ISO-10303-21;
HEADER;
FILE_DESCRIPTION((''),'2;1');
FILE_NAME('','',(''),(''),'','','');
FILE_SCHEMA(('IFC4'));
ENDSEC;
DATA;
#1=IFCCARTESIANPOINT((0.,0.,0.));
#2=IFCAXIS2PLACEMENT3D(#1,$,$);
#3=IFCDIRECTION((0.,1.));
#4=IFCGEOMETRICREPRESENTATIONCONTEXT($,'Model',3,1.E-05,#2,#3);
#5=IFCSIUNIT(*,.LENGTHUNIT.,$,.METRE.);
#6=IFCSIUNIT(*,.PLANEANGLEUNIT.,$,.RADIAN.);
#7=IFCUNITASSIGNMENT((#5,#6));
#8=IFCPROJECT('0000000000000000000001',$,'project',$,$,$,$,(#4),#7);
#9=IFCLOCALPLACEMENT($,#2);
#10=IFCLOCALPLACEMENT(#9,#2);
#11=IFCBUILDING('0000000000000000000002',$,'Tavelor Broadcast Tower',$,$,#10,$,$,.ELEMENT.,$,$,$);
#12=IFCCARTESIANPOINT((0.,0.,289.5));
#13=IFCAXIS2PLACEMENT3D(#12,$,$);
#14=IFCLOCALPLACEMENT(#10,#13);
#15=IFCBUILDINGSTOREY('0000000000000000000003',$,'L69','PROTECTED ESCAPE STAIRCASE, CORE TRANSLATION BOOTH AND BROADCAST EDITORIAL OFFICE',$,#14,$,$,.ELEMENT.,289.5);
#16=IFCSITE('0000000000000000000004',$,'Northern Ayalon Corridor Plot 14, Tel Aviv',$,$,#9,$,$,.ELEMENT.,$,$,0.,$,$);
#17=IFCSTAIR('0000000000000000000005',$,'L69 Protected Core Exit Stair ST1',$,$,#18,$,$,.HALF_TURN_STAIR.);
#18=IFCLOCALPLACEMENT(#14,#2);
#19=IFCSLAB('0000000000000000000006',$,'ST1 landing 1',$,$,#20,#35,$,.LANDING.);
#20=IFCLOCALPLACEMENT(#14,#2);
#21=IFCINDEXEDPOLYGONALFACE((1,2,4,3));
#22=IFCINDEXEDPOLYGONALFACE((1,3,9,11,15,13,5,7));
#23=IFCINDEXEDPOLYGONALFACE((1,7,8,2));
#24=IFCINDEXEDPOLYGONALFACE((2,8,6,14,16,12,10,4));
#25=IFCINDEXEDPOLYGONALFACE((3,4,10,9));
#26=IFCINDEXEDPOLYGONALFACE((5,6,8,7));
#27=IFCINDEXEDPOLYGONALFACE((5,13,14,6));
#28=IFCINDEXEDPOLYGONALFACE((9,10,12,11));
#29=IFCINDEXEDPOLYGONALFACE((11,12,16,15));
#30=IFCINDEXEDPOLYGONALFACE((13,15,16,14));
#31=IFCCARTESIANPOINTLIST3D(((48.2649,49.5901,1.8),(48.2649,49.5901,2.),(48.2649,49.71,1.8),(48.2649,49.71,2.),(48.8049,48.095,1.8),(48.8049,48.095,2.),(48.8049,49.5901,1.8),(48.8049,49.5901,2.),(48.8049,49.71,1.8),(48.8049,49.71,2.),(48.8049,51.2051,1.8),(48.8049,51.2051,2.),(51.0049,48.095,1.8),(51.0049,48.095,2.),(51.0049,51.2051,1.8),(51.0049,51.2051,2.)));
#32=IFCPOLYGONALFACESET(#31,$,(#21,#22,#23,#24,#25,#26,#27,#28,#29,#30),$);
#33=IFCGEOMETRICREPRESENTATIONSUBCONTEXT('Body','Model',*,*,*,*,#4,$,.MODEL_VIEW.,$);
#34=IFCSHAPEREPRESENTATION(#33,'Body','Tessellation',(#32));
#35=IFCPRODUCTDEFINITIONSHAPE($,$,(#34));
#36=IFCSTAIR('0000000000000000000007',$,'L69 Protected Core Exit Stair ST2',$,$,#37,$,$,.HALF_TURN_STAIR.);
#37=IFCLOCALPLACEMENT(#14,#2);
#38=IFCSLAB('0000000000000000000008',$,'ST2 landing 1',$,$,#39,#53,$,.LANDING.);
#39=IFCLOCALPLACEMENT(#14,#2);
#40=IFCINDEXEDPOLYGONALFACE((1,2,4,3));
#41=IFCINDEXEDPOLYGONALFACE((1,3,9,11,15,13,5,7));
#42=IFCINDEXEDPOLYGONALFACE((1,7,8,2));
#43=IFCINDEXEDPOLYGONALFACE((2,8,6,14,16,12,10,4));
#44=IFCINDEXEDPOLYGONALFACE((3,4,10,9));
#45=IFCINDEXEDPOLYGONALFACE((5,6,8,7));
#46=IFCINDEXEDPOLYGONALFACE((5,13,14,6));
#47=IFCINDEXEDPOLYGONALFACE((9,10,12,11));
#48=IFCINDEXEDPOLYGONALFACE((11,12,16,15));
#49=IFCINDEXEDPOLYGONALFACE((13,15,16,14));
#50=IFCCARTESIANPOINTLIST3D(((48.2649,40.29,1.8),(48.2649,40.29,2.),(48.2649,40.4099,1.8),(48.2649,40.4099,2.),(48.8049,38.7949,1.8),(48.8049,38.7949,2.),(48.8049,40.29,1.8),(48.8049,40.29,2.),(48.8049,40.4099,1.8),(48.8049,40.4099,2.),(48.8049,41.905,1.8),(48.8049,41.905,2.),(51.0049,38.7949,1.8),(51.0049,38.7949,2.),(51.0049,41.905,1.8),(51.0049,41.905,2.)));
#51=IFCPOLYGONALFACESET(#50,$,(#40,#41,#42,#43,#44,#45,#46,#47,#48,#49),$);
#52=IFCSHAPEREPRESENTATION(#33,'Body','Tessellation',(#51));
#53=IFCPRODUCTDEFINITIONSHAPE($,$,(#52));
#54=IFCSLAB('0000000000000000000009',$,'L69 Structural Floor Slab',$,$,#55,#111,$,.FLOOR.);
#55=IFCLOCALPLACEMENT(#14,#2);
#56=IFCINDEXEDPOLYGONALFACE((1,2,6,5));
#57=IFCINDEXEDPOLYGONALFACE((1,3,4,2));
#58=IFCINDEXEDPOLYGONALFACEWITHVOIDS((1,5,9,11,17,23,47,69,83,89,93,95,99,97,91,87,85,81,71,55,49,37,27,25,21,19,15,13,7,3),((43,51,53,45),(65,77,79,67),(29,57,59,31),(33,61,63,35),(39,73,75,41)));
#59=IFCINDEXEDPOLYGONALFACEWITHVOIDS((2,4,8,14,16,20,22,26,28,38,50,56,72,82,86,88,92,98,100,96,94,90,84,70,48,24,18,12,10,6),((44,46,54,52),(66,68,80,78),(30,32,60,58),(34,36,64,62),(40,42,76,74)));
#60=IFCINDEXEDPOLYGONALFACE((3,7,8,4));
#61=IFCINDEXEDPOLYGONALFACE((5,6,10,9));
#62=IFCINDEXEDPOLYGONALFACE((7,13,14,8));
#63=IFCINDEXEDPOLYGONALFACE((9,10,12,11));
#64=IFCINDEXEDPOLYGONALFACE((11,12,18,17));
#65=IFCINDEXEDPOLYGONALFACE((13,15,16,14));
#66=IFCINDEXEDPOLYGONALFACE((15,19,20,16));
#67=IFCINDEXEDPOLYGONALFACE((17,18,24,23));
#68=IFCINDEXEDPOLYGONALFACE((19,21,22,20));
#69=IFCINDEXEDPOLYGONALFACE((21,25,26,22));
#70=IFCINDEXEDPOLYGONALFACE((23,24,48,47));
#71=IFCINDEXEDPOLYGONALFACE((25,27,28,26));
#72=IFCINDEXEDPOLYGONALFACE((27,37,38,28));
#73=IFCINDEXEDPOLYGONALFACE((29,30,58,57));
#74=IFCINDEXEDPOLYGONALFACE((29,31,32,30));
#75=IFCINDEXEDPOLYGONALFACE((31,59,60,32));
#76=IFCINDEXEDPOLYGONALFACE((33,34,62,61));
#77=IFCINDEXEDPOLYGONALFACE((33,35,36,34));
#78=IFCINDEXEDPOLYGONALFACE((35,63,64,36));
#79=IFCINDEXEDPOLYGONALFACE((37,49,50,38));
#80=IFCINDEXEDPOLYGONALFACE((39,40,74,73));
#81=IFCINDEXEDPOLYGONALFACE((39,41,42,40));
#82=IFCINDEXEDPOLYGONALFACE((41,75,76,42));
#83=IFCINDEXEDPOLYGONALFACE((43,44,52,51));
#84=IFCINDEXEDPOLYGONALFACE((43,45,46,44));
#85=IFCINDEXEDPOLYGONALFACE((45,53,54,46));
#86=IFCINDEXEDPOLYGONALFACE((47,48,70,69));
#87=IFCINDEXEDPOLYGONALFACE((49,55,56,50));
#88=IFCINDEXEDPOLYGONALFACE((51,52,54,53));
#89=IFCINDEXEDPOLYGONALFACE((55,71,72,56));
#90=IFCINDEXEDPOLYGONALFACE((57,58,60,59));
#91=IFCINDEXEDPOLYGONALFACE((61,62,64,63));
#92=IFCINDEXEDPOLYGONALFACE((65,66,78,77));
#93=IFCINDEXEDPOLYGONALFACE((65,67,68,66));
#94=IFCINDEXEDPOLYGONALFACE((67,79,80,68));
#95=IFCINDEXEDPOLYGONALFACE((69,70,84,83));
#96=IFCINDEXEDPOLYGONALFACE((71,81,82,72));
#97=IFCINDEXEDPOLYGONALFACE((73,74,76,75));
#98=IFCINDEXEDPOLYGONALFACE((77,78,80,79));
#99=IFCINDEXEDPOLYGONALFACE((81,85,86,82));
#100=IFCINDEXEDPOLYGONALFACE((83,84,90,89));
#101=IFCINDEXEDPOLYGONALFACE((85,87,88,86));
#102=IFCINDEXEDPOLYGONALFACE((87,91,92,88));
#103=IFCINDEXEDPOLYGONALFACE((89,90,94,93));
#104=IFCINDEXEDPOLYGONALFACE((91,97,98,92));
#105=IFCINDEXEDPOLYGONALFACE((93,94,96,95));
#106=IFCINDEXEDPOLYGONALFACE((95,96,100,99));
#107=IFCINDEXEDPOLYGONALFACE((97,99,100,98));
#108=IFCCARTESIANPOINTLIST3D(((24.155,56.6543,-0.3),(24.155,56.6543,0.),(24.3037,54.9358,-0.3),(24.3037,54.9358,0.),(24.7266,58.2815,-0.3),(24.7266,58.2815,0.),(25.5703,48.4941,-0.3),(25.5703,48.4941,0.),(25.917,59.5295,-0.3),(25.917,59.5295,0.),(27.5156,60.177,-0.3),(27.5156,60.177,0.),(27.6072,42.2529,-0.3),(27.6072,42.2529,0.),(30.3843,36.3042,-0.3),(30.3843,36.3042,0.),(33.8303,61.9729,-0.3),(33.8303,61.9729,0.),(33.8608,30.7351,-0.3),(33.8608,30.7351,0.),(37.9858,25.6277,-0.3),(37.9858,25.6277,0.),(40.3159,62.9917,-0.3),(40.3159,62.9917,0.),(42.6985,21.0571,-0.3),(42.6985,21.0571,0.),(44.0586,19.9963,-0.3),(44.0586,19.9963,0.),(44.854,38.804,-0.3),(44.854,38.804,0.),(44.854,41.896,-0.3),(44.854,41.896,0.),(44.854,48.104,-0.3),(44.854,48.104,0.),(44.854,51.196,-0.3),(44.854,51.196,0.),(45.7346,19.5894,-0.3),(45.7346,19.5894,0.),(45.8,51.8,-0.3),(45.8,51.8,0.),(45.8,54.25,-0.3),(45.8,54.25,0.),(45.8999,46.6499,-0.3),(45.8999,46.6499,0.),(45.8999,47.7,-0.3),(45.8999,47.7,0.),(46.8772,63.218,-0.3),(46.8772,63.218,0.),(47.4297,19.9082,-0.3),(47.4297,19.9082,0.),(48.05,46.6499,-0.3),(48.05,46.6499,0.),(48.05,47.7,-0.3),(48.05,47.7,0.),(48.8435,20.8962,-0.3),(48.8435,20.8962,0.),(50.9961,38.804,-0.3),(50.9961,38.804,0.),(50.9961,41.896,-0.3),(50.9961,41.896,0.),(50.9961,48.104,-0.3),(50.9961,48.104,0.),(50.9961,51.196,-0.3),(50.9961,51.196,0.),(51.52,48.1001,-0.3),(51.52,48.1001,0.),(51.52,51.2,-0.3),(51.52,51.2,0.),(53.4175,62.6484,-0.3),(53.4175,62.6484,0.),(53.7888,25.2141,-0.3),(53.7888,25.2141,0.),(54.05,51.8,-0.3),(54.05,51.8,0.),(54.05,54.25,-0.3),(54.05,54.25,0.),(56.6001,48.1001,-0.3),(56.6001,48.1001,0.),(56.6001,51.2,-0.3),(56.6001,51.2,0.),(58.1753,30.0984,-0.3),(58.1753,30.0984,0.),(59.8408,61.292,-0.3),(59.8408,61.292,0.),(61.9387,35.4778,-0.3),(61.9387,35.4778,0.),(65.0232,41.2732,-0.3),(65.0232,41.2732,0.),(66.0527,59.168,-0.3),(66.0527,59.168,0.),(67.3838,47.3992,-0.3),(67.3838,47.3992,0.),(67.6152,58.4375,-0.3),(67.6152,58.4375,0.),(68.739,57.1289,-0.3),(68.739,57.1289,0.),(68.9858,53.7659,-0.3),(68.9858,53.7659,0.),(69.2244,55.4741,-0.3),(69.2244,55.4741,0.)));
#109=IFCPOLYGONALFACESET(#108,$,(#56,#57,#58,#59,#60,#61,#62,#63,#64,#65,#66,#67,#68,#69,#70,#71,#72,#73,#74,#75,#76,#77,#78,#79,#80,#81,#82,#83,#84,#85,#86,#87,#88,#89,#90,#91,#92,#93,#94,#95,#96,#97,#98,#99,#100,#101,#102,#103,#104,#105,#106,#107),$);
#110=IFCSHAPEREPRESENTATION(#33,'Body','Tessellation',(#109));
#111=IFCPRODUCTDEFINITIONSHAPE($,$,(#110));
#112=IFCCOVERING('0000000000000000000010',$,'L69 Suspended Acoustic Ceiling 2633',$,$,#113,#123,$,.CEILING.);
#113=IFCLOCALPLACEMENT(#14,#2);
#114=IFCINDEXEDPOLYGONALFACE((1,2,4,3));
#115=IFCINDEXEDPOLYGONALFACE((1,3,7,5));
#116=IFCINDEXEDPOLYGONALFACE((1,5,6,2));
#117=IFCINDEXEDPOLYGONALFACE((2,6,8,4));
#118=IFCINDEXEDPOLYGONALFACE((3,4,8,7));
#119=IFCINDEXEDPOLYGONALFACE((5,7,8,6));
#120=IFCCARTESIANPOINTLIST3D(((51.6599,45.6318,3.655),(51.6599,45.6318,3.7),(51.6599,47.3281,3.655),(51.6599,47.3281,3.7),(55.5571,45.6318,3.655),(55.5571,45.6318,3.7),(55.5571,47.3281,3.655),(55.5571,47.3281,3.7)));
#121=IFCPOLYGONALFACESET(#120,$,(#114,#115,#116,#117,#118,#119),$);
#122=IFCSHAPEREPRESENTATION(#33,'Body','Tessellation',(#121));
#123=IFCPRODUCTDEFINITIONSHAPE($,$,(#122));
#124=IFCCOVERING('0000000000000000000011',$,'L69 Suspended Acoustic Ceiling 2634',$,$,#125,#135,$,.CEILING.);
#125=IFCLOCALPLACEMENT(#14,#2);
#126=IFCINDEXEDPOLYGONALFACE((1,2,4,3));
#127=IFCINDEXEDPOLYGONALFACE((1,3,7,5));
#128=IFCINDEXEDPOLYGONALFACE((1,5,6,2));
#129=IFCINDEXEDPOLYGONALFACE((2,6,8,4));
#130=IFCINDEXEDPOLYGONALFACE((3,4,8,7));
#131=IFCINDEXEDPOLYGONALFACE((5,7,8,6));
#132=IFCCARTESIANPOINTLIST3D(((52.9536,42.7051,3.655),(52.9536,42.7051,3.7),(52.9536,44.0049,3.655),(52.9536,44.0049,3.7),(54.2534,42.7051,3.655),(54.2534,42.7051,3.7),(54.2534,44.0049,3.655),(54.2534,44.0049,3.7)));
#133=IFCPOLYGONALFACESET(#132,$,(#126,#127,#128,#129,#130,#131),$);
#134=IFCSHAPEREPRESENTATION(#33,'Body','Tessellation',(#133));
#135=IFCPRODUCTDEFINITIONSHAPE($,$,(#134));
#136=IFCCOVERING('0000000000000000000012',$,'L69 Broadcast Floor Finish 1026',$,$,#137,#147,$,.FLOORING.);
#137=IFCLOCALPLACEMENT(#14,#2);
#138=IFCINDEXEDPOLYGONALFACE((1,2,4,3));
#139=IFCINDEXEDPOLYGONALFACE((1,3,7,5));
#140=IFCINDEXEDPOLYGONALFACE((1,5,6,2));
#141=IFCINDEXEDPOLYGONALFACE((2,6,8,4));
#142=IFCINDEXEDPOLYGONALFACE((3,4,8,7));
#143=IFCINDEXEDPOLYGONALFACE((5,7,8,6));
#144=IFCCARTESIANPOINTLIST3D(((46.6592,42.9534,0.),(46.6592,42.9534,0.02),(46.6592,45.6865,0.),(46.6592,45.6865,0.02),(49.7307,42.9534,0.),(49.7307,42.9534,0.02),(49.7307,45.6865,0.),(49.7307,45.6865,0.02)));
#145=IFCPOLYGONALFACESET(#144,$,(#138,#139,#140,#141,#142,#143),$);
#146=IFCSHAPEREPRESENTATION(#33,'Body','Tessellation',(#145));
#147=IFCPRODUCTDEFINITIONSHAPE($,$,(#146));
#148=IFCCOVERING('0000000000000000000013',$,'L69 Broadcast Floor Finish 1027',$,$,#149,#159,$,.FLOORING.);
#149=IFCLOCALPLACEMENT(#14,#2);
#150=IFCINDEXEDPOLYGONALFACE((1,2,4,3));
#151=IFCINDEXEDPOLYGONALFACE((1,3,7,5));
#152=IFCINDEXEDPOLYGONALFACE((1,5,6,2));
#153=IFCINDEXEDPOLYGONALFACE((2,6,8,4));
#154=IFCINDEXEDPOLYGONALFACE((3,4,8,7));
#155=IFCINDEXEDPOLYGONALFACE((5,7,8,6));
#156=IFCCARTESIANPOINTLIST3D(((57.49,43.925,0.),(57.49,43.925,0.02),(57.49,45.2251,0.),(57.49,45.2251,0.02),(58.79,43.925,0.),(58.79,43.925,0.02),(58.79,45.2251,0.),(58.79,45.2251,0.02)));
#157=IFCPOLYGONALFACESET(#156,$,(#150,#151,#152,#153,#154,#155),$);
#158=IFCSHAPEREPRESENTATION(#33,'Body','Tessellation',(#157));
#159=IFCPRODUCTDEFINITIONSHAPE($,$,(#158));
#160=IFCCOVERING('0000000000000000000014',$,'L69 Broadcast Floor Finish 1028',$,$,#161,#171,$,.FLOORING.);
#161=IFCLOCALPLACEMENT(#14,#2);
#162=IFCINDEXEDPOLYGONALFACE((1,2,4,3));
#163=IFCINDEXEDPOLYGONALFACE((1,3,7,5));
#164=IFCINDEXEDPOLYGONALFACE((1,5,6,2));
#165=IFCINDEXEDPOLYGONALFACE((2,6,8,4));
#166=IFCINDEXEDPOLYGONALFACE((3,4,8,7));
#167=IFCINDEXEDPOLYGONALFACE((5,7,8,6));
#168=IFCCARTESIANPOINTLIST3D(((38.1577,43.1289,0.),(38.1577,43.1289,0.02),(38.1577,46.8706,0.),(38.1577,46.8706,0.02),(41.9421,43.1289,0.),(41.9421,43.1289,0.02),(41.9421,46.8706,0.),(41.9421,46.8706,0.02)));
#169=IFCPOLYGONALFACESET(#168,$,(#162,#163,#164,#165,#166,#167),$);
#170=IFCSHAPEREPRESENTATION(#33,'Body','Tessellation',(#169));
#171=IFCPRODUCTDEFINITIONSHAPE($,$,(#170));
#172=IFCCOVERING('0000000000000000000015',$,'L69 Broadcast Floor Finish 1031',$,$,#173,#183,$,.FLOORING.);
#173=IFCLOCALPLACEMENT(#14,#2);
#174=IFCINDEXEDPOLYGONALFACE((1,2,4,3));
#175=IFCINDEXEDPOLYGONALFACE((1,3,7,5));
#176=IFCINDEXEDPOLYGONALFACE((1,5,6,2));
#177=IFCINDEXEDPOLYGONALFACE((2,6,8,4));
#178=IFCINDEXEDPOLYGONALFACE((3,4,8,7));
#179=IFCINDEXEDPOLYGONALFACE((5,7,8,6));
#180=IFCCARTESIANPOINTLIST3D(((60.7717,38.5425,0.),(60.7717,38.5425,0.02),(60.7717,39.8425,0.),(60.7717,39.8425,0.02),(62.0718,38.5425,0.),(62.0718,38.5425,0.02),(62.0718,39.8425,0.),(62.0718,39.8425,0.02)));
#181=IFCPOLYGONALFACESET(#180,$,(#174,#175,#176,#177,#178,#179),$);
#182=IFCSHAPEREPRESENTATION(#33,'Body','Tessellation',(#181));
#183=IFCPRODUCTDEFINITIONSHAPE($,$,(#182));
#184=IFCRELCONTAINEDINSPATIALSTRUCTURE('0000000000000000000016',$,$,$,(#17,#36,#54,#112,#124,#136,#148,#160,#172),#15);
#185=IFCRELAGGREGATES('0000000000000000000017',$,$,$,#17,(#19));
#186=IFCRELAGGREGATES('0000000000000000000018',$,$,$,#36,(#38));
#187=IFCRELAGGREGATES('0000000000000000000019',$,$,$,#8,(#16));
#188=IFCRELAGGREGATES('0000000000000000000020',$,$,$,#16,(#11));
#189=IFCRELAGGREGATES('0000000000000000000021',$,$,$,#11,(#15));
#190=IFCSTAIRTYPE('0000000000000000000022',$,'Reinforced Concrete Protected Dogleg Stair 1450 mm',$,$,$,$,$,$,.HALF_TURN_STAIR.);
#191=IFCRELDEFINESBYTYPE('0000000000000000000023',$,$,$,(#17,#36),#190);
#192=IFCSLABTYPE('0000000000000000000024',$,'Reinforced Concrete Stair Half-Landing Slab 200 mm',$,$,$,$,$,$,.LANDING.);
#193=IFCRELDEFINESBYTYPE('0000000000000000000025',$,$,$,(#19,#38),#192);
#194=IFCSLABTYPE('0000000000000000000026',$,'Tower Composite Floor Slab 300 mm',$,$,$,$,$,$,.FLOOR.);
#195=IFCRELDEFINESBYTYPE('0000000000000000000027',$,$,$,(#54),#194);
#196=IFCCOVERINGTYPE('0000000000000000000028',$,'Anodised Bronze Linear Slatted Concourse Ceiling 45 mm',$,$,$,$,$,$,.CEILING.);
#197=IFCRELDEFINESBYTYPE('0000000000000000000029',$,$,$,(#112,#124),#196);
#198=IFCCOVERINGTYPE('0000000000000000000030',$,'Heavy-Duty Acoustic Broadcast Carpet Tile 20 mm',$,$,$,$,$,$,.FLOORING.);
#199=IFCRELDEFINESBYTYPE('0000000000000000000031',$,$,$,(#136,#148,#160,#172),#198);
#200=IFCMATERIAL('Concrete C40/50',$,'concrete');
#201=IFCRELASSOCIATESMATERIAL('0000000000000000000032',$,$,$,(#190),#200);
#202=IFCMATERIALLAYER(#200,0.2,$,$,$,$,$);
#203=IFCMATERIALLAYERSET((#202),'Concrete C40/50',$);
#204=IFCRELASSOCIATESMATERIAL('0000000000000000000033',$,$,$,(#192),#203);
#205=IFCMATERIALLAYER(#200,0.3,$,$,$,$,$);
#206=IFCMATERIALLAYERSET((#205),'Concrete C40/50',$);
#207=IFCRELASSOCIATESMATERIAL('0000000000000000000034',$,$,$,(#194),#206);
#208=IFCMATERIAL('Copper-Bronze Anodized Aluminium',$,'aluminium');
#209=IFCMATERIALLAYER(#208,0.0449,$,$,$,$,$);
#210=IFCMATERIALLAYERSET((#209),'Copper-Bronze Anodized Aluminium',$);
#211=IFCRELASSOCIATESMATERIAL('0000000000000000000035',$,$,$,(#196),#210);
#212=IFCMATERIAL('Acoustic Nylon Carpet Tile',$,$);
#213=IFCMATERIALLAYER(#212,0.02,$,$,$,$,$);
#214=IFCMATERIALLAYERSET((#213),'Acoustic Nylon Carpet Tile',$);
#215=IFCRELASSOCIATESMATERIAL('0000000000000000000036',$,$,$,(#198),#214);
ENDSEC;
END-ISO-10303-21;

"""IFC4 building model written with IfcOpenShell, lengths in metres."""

from ifc_helpers import new_model, si_unit, direction, frame, origin, place, context, subcontext, project, spatial, polyline, outline, extrude, material, layer, layer_set, type_object, element, aggregate, save


model = new_model("IFC4")

# Units and contexts
model_context = context("Model", 3, precision=1e-05, world=origin(), true_north=direction((0.0, 1.0)))
body_context = subcontext(model_context, "Body", "Model", "MODEL_VIEW")
ifc_project = project(units=[si_unit("LENGTHUNIT", "METRE"), si_unit("PLANEANGLEUNIT", "RADIAN")], contexts=[model_context])

# Site, building, storey
site_placement = place(None, origin())
site = spatial("IfcSite", under=ifc_project, at=site_placement, Name="Northern Ayalon Corridor Plot 14, Tel Aviv", CompositionType="ELEMENT", RefElevation=0.0)
building_placement = place(site_placement, origin())
building = spatial("IfcBuilding", under=site, at=building_placement, Name="Tavelor Broadcast Tower", CompositionType="ELEMENT")
storey_placement = place(building_placement, frame((0.0, 0.0, 289.5)))
storey = spatial("IfcBuildingStorey", under=building, at=storey_placement, Name="L69", Description="PROTECTED ESCAPE STAIRCASE, CORE TRANSLATION BOOTH AND BROADCAST EDITORIAL OFFICE", CompositionType="ELEMENT", Elevation=289.5)

# Stairs, slabs
ifc_material_1 = material(Name="Concrete C40/50", Category="concrete")
stair_type = type_object("IfcStairType", Name="Reinforced Concrete Protected Dogleg Stair 1450 mm", PredefinedType="HALF_TURN_STAIR", material=ifc_material_1)
stair_1_placement = place(storey_placement, origin())
stair_1 = element("IfcStair", 1, at=stair_1_placement, inside=storey, type_object=stair_type, Name="L69 Protected Core Exit Stair ST1", PredefinedType="HALF_TURN_STAIR")
ifc_layer_1 = layer(ifc_material_1, 0.2)
ifc_layer_set_1 = layer_set([ifc_layer_1], Name="Concrete C40/50")
slab_type_1 = type_object("IfcSlabType", Name="Reinforced Concrete Stair Half-Landing Slab 200 mm", PredefinedType="LANDING", material=ifc_layer_set_1)
slab_1_placement = place(storey_placement, frame((0.0, 0.0, 1.8)))
slab_1 = element("IfcSlab", 2, at=slab_1_placement, type_object=slab_type_1, Name="ST1 landing 1", PredefinedType="LANDING", context=body_context, shape_type="SweptSolid", body=[
    extrude(outline(polyline([(48.8049, 49.5901), (48.8049, 48.095), (51.0049, 48.095), (51.0049, 51.2051), (48.8049, 51.2051), (48.8049, 49.71), (48.2649, 49.71), (48.2649, 49.5901), (48.8049, 49.5901)])), origin(), (0.0, 0.0, 1.0), 0.2),
])
aggregate(stair_1, [slab_1])
stair_2_placement = place(storey_placement, origin())
stair_2 = element("IfcStair", 3, at=stair_2_placement, inside=storey, type_object=stair_type, Name="L69 Protected Core Exit Stair ST2", PredefinedType="HALF_TURN_STAIR")
slab_2_placement = place(storey_placement, frame((0.0, 0.0, 1.8)))
slab_2 = element("IfcSlab", 4, at=slab_2_placement, type_object=slab_type_1, Name="ST2 landing 1", PredefinedType="LANDING", context=body_context, shape_type="SweptSolid", body=[
    extrude(outline(polyline([(48.8049, 40.29), (48.8049, 38.7949), (51.0049, 38.7949), (51.0049, 41.905), (48.8049, 41.905), (48.8049, 40.4099), (48.2649, 40.4099), (48.2649, 40.29), (48.8049, 40.29)])), origin(), (0.0, 0.0, 1.0), 0.2),
])
aggregate(stair_2, [slab_2])

# Slab
ifc_layer_2 = layer(ifc_material_1, 0.3)
ifc_layer_set_2 = layer_set([ifc_layer_2], Name="Concrete C40/50")
slab_type_2 = type_object("IfcSlabType", Name="Tower Composite Floor Slab 300 mm", PredefinedType="FLOOR", material=ifc_layer_set_2)
slab_3_placement = place(storey_placement, frame((0.0, 0.0, -0.3)))
element("IfcSlab", 5, at=slab_3_placement, inside=storey, type_object=slab_type_2, Name="L69 Structural Floor Slab", PredefinedType="FLOOR", context=body_context, shape_type="SweptSolid", body=[
    extrude(outline(polyline([(27.5156, 60.177), (25.917, 59.5295), (24.7266, 58.2815), (24.155, 56.6543), (24.3037, 54.9358), (25.5703, 48.4941), (27.6072, 42.2529), (30.3843, 36.3042), (33.8608, 30.7351), (37.9858, 25.6277), (42.6985, 21.0571), (44.0586, 19.9963), (45.7346, 19.5894), (47.4297, 19.9082), (48.8435, 20.8962), (53.7888, 25.2141), (58.1753, 30.0984), (61.9387, 35.4778), (65.0232, 41.2732), (67.3838, 47.3992), (68.9858, 53.7659), (69.2244, 55.4741), (68.739, 57.1289), (67.6152, 58.4375), (66.0527, 59.168), (59.8408, 61.292), (53.4175, 62.6484), (46.8772, 63.218), (40.3159, 62.9917), (33.8303, 61.9729), (27.5156, 60.177)]), holes=[polyline([(50.9961, 41.896), (50.9961, 38.804), (44.854, 38.804), (44.854, 41.896), (50.9961, 41.896)]), polyline([(48.05, 47.7), (48.05, 46.6499), (45.8999, 46.6499), (45.8999, 47.7), (48.05, 47.7)]), polyline([(50.9961, 51.196), (50.9961, 48.104), (44.854, 48.104), (44.854, 51.196), (50.9961, 51.196)]), polyline([(56.6001, 48.1001), (51.52, 48.1001), (51.52, 51.2), (56.6001, 51.2), (56.6001, 48.1001)]), polyline([(54.05, 51.8), (45.8, 51.8), (45.8, 54.25), (54.05, 54.25), (54.05, 51.8)])]), origin(), (0.0, 0.0, 1.0), 0.3),
])

# Coverings
ifc_material_2 = material(Name="Copper-Bronze Anodized Aluminium", Category="aluminium")
ifc_layer_3 = layer(ifc_material_2, 0.0449)
ifc_layer_set_3 = layer_set([ifc_layer_3], Name="Copper-Bronze Anodized Aluminium")
covering_type_1 = type_object("IfcCoveringType", Name="Anodised Bronze Linear Slatted Concourse Ceiling 45 mm", PredefinedType="CEILING", material=ifc_layer_set_3)
covering_1_placement = place(storey_placement, frame((0.0, 0.0, 3.655)))
element("IfcCovering", 6, at=covering_1_placement, inside=storey, type_object=covering_type_1, Name="L69 Suspended Acoustic Ceiling 2633", PredefinedType="CEILING", context=body_context, shape_type="SweptSolid", body=[
    extrude(outline(polyline([(51.6599, 45.6318), (55.5571, 45.6318), (55.5571, 47.3281), (51.6599, 47.3281), (51.6599, 45.6318)])), origin(), (0.0, 0.0, 1.0), 0.0449),
])
covering_2_placement = place(storey_placement, frame((0.0, 0.0, 3.655)))
element("IfcCovering", 7, at=covering_2_placement, inside=storey, type_object=covering_type_1, Name="L69 Suspended Acoustic Ceiling 2634", PredefinedType="CEILING", context=body_context, shape_type="SweptSolid", body=[
    extrude(outline(polyline([(52.9536, 42.7051), (54.2534, 42.7051), (54.2534, 44.0049), (52.9536, 44.0049), (52.9536, 42.7051)])), origin(), (0.0, 0.0, 1.0), 0.0449),
])
ifc_material_3 = material(Name="Acoustic Nylon Carpet Tile")
ifc_layer_4 = layer(ifc_material_3, 0.02)
ifc_layer_set_4 = layer_set([ifc_layer_4], Name="Acoustic Nylon Carpet Tile")
covering_type_2 = type_object("IfcCoveringType", Name="Heavy-Duty Acoustic Broadcast Carpet Tile 20 mm", PredefinedType="FLOORING", material=ifc_layer_set_4)
covering_3_placement = place(storey_placement, origin())
element("IfcCovering", 8, at=covering_3_placement, inside=storey, type_object=covering_type_2, Name="L69 Broadcast Floor Finish 1026", PredefinedType="FLOORING", context=body_context, shape_type="SweptSolid", body=[
    extrude(outline(polyline([(46.6592, 42.9534), (49.7307, 42.9534), (49.7307, 45.6865), (46.6592, 45.6865), (46.6592, 42.9534)])), origin(), (0.0, 0.0, 1.0), 0.02),
])
covering_4_placement = place(storey_placement, origin())
element("IfcCovering", 9, at=covering_4_placement, inside=storey, type_object=covering_type_2, Name="L69 Broadcast Floor Finish 1027", PredefinedType="FLOORING", context=body_context, shape_type="SweptSolid", body=[
    extrude(outline(polyline([(57.49, 43.925), (58.79, 43.925), (58.79, 45.2251), (57.49, 45.2251), (57.49, 43.925)])), origin(), (0.0, 0.0, 1.0), 0.02),
])
covering_5_placement = place(storey_placement, origin())
element("IfcCovering", 10, at=covering_5_placement, inside=storey, type_object=covering_type_2, Name="L69 Broadcast Floor Finish 1028", PredefinedType="FLOORING", context=body_context, shape_type="SweptSolid", body=[
    extrude(outline(polyline([(38.1577, 43.1289), (41.9421, 43.1289), (41.9421, 46.8706), (38.1577, 46.8706), (38.1577, 43.1289)])), origin(), (0.0, 0.0, 1.0), 0.02),
])
covering_6_placement = place(storey_placement, origin())
element("IfcCovering", 11, at=covering_6_placement, inside=storey, type_object=covering_type_2, Name="L69 Broadcast Floor Finish 1031", PredefinedType="FLOORING", context=body_context, shape_type="SweptSolid", body=[
    extrude(outline(polyline([(60.7717, 38.5425), (62.0718, 38.5425), (62.0718, 39.8425), (60.7717, 39.8425), (60.7717, 38.5425)])), origin(), (0.0, 0.0, 1.0), 0.02),
])

save(model, "model.ifc")
